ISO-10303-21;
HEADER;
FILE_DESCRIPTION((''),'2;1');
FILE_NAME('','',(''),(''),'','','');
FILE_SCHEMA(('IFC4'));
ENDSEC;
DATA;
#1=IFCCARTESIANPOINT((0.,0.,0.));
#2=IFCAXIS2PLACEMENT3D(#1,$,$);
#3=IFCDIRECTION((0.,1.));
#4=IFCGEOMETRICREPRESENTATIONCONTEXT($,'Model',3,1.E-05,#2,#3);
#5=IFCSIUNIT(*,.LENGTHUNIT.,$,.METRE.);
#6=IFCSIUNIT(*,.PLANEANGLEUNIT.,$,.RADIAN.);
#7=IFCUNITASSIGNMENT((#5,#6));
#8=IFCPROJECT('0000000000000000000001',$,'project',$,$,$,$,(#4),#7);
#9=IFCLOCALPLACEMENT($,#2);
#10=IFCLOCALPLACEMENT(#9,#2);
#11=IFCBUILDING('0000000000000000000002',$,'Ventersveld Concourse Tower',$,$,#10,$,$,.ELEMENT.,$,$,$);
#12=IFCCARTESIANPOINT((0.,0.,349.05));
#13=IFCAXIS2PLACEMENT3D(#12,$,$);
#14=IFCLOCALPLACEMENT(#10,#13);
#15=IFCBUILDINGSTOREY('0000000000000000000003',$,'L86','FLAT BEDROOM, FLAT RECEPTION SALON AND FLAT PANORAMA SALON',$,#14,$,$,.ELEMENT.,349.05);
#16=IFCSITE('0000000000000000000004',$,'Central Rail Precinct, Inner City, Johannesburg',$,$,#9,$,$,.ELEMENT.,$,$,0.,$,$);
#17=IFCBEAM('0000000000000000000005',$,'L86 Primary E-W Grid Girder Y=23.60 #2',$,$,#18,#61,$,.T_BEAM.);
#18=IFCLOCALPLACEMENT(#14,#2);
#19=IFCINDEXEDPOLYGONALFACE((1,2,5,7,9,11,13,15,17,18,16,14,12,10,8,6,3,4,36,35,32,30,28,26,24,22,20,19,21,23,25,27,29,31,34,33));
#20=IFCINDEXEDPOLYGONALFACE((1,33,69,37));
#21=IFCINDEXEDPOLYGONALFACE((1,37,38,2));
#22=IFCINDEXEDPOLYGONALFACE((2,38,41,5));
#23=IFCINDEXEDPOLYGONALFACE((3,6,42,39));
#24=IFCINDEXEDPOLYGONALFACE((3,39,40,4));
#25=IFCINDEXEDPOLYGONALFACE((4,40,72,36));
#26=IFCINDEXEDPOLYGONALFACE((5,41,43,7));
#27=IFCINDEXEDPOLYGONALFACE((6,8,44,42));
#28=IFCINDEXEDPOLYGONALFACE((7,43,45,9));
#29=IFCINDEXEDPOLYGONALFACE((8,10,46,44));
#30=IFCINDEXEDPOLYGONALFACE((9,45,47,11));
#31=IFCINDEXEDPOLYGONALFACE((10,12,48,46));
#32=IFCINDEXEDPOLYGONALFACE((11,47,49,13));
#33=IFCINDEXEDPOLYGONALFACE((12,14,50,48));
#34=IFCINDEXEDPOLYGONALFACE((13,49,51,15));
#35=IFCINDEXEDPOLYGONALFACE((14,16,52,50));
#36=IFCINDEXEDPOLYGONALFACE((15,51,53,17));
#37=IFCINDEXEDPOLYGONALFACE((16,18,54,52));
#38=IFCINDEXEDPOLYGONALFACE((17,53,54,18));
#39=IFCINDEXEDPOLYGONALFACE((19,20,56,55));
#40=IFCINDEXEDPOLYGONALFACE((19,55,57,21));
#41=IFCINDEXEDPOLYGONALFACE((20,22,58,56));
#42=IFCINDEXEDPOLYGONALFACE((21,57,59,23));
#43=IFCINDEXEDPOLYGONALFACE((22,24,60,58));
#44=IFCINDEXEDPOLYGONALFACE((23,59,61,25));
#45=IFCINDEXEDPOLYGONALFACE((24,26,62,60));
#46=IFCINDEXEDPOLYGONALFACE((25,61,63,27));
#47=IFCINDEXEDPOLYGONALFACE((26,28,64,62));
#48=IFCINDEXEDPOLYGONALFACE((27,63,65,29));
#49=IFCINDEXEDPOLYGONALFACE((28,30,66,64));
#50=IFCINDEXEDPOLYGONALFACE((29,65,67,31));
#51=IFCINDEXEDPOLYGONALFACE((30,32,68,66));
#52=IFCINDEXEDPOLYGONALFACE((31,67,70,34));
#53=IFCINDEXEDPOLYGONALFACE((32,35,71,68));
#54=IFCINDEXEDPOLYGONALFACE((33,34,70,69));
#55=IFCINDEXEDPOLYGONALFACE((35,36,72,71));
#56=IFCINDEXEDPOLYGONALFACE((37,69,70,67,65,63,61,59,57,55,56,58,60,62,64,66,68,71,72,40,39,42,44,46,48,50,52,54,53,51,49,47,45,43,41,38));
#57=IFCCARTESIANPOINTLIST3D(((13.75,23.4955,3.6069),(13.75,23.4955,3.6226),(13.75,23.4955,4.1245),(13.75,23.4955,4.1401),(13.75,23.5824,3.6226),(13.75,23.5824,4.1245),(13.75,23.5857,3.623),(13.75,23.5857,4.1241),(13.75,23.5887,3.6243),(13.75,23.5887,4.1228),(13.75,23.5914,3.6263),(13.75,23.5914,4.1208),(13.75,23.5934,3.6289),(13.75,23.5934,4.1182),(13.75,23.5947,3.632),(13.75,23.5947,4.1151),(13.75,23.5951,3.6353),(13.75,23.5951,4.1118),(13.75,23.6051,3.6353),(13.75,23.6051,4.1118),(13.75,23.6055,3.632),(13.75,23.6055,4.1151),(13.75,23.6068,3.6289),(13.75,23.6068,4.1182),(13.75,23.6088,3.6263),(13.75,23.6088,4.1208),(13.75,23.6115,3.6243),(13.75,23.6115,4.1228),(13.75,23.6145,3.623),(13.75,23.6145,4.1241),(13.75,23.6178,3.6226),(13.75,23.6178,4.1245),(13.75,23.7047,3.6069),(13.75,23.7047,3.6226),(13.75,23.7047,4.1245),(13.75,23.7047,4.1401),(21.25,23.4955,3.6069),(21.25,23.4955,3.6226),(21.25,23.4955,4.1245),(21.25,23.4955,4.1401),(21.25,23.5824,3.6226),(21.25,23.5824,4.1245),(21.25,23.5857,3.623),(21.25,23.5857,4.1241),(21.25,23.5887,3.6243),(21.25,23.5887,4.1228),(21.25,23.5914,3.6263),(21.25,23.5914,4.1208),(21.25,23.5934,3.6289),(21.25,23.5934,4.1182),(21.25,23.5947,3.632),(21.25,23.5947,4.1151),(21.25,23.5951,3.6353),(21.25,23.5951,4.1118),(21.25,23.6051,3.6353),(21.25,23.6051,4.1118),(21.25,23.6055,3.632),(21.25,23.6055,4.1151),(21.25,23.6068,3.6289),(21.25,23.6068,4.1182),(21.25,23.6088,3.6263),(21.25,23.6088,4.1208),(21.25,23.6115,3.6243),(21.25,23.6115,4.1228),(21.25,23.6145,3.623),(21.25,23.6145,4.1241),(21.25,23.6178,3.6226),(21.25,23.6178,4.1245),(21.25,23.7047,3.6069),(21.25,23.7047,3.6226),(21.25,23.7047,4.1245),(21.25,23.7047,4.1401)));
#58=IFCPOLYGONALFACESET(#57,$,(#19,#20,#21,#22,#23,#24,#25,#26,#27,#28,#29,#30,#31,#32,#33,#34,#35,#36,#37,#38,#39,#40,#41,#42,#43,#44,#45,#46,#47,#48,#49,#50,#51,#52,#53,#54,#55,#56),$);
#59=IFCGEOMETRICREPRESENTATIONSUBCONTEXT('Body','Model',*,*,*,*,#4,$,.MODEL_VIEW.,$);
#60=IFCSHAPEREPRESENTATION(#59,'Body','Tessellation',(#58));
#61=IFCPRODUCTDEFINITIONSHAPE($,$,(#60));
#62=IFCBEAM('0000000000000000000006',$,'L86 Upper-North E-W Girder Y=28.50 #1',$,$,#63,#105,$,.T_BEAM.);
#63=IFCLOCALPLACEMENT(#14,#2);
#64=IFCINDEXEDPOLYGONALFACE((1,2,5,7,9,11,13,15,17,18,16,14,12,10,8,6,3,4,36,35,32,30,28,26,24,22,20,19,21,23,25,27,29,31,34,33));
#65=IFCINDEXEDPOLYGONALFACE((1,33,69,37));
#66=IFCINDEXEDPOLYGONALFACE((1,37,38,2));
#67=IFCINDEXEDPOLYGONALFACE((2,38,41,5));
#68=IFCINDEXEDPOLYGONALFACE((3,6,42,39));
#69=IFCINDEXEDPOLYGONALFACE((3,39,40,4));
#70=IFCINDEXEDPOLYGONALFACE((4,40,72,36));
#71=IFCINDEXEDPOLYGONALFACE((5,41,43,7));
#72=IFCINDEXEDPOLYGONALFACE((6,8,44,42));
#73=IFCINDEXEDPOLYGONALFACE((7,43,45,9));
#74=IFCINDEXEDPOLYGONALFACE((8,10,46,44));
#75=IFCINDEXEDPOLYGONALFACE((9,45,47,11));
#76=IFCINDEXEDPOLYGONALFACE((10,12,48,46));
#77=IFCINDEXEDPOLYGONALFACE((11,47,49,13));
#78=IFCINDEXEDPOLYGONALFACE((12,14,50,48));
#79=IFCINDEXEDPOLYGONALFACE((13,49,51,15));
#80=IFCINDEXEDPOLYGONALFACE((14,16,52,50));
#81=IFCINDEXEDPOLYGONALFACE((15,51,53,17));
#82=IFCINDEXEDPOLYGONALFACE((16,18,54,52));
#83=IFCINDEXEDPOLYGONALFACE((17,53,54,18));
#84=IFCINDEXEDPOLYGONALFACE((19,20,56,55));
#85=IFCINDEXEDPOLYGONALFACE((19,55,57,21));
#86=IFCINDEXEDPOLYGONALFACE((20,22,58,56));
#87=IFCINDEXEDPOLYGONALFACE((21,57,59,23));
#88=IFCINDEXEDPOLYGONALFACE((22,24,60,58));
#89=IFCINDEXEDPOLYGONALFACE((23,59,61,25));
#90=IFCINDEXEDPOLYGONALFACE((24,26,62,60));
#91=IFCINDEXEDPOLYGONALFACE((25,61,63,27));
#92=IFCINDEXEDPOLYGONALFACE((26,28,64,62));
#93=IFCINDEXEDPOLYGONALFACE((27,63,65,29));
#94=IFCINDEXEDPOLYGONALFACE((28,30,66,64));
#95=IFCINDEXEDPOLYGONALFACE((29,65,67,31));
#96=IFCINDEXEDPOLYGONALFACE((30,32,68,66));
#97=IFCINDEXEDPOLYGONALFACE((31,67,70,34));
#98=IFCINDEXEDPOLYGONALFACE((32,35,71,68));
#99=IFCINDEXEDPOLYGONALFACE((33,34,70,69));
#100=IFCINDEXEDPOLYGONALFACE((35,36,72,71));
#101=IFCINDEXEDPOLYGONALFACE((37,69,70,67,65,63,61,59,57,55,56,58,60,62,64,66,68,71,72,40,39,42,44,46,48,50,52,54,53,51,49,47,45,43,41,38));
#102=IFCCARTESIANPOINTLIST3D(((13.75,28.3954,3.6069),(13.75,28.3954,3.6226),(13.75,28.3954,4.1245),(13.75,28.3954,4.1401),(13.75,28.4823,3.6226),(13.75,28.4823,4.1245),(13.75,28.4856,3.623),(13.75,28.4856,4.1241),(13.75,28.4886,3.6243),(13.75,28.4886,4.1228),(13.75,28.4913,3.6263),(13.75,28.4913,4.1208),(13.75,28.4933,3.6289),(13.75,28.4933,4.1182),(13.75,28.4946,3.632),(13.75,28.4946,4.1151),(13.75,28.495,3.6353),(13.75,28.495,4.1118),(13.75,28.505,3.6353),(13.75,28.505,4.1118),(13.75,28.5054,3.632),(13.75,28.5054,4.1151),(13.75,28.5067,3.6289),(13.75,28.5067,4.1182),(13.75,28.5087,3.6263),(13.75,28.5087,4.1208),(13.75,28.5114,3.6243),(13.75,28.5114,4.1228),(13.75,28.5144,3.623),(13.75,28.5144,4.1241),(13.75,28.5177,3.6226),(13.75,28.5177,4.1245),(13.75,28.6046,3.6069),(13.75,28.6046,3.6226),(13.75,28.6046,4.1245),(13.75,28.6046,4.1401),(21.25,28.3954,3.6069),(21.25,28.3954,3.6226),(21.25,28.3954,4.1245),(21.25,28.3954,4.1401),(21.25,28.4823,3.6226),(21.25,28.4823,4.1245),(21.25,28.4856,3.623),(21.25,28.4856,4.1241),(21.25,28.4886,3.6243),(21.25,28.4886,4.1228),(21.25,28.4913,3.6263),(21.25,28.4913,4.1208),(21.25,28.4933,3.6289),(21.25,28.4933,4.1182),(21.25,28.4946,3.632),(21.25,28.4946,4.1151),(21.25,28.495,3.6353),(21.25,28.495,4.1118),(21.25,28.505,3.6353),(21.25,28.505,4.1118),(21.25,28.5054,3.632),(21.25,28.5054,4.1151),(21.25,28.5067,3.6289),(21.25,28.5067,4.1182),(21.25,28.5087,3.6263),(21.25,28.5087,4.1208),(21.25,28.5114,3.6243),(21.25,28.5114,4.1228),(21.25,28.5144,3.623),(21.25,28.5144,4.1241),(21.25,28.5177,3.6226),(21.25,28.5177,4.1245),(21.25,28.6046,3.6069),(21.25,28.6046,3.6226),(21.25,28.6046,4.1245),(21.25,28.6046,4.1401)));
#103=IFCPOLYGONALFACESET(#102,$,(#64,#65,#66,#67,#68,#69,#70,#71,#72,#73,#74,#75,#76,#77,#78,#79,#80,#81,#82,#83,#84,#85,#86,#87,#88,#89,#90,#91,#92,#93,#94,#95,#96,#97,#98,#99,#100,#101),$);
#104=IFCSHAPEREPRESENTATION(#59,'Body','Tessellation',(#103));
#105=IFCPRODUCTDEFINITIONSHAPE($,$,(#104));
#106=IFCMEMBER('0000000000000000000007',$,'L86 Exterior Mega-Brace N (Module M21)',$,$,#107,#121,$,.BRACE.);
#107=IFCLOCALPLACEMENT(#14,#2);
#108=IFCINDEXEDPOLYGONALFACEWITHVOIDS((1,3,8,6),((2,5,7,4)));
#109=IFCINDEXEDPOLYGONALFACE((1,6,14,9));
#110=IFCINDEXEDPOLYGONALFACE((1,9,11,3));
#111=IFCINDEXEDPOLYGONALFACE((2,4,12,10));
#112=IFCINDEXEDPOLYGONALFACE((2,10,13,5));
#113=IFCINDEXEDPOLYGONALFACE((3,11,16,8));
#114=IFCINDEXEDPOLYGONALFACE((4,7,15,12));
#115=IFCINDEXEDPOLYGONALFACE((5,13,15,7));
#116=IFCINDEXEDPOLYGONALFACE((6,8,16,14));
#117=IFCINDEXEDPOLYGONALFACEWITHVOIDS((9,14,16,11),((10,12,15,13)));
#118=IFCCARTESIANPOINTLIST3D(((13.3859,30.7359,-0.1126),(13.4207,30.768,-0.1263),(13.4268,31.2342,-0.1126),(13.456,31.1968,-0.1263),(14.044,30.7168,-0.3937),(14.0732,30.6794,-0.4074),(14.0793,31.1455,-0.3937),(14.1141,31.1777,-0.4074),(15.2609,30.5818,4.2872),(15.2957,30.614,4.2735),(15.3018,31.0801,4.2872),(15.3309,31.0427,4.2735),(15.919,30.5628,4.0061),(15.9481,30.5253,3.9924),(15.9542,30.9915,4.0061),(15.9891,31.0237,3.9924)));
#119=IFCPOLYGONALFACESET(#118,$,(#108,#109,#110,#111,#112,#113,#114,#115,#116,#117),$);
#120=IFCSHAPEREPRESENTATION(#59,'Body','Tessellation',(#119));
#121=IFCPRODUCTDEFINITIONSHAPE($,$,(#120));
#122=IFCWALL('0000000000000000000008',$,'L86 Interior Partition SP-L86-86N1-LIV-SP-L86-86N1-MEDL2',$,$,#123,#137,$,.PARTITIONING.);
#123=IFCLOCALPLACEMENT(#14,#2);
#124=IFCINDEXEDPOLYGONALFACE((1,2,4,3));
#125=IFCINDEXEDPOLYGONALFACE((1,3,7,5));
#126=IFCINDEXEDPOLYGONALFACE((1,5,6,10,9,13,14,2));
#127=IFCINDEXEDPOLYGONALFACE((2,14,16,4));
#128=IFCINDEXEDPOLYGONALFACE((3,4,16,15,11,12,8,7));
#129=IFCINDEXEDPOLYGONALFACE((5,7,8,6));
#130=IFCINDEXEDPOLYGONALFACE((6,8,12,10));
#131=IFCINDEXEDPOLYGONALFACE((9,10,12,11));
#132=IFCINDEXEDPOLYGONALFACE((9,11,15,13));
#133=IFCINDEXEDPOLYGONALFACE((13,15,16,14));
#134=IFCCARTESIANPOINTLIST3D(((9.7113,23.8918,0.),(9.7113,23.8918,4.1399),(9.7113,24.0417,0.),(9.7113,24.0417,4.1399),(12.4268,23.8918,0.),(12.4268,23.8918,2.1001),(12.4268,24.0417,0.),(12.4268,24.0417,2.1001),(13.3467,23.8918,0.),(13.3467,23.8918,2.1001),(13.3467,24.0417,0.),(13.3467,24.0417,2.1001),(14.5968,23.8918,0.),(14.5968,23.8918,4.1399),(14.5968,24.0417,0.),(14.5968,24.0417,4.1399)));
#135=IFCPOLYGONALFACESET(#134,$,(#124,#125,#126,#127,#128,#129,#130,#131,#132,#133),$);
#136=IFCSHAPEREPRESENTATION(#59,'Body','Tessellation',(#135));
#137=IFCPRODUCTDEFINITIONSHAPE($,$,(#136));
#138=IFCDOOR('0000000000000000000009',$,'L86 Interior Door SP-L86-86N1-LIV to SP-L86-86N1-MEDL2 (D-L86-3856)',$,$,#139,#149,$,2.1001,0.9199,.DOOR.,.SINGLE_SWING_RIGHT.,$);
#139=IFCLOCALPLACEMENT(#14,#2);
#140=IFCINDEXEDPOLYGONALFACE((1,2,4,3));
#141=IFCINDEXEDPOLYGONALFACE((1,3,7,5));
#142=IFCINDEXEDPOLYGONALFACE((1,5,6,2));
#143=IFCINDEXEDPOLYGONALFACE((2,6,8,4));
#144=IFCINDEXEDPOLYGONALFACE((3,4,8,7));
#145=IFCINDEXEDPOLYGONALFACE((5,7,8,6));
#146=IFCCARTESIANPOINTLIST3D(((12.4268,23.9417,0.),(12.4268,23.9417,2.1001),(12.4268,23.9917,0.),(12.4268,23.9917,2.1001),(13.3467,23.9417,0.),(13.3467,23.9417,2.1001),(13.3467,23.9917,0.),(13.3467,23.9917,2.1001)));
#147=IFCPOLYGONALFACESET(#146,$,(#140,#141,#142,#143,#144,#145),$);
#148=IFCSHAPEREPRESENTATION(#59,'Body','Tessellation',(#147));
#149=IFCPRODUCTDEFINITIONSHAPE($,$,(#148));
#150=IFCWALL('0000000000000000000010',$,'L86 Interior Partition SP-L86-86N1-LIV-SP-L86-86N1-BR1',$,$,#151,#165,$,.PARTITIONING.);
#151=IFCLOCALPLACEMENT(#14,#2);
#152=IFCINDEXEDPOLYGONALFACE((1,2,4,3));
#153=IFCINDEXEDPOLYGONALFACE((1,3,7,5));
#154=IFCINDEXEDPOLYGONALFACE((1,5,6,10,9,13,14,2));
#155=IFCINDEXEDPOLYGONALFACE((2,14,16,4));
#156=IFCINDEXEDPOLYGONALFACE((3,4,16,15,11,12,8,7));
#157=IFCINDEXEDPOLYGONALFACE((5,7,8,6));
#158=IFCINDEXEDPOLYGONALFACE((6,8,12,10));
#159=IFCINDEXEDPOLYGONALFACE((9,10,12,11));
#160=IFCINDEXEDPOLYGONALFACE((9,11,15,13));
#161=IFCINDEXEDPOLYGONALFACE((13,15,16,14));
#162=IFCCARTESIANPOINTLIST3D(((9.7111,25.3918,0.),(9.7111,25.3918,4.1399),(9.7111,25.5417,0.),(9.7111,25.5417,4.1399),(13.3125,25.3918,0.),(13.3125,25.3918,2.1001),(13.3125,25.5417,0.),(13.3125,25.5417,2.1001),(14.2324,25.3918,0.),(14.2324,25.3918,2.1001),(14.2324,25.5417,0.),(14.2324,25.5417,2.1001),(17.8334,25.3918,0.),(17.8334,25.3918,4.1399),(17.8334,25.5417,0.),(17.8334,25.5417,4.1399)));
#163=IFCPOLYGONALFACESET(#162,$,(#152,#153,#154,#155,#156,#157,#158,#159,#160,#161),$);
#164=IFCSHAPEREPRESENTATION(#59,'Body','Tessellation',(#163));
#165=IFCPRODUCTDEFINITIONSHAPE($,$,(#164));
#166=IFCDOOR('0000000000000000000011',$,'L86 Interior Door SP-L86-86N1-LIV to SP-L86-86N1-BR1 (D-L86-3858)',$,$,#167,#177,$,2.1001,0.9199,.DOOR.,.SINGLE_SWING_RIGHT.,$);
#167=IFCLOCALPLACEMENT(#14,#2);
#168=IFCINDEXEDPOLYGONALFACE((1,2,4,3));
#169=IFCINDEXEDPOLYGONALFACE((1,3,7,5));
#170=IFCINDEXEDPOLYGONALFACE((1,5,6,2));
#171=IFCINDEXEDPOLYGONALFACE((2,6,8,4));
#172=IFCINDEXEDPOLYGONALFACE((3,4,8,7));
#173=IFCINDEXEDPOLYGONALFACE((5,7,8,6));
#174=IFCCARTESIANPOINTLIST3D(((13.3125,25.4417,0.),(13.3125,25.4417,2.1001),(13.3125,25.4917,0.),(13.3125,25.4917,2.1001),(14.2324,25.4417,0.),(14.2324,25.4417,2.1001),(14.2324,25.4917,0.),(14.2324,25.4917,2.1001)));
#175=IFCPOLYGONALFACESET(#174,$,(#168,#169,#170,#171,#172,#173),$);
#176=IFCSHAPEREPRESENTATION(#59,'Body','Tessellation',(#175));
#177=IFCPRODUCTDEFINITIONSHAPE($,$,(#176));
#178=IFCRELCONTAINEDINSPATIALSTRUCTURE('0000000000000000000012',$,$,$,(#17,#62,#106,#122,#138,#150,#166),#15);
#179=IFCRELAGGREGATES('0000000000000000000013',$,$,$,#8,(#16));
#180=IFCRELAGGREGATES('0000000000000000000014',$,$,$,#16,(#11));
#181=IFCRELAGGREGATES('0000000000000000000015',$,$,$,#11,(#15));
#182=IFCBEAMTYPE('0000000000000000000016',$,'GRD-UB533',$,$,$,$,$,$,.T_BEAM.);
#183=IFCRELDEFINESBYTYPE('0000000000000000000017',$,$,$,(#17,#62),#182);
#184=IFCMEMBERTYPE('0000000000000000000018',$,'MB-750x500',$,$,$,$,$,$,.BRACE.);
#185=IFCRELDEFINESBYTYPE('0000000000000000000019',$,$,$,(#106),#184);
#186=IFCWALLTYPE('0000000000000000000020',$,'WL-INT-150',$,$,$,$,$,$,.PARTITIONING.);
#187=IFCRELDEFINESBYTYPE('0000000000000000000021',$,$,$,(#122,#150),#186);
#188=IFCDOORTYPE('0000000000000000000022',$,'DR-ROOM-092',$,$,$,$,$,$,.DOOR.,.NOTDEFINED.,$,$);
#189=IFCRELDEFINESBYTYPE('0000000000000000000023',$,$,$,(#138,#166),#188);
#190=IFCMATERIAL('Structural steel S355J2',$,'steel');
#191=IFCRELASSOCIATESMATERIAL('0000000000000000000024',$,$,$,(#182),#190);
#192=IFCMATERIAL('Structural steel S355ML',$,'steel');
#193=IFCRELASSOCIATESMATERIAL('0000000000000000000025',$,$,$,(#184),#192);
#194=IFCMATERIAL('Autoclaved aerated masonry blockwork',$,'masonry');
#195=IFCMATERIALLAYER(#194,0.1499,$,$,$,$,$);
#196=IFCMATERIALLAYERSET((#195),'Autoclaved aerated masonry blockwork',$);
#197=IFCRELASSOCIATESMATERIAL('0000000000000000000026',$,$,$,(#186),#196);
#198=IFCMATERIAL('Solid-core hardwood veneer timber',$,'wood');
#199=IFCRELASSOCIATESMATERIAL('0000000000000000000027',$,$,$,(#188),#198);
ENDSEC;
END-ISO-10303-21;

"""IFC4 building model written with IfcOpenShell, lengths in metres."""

from ifc_helpers import new_model, si_unit, direction, frame, frame_2d, origin, origin_2d, place, context, subcontext, project, spatial, rectangle, hollow_rectangle, i_section, extrude, material, layer, layer_set, material_profile, profile_set, type_object, element, fill, save


model = new_model("IFC4")

# Units and contexts
model_context = context("Model", 3, precision=1e-05, world=origin(), true_north=direction((0.0, 1.0)))
body_context = subcontext(model_context, "Body", "Model", "MODEL_VIEW")
ifc_project = project(units=[si_unit("LENGTHUNIT", "METRE"), si_unit("PLANEANGLEUNIT", "RADIAN")], contexts=[model_context])

# Site, building, storey
site_placement = place(None, origin())
site = spatial("IfcSite", under=ifc_project, at=site_placement, Name="Central Rail Precinct, Inner City, Johannesburg", CompositionType="ELEMENT", RefElevation=0.0)
building_placement = place(site_placement, origin())
building = spatial("IfcBuilding", under=site, at=building_placement, Name="Ventersveld Concourse Tower", CompositionType="ELEMENT")
storey_placement = place(building_placement, frame((0.0, 0.0, 349.05)))
storey = spatial("IfcBuildingStorey", under=building, at=storey_placement, Name="L86", Description="FLAT BEDROOM, FLAT RECEPTION SALON AND FLAT PANORAMA SALON", CompositionType="ELEMENT", Elevation=349.05)

# Shared definitions
ifc_material_1 = material(Name="Structural steel S355J2", Category="steel")

# Beams
ifc_material_profile_1 = material_profile(ifc_material_1, i_section(OverallWidth=0.2092, OverallDepth=0.5332, WebThickness=0.01, FlangeThickness=0.0156, FilletRadius=0.0127, at=origin_2d()), Name="UB 533x210x92")
ifc_profile_set_1 = profile_set([ifc_material_profile_1], Name="Structural steel S355J2")
beam_type_1 = type_object("IfcBeamType", Name="GRD-UB533", PredefinedType="T_BEAM", material=ifc_profile_set_1)
for number, where, z_axis, x_axis, name in (
    (1, (13.75, 23.6001, 3.8735), (1.0, 0.0, 0.0), (0.0, 1.0, 0.0), "L86 Primary E-W Grid Girder Y=23.60 #2"),
    (2, (13.75, 28.5, 3.8735), (1.0, 0.0, 0.0), (0.0, 1.0, 0.0), "L86 Upper-North E-W Girder Y=28.50 #1"),
):
    element("IfcBeam", number, at=place(storey_placement, frame(where, z_axis=z_axis, x_axis=x_axis)), inside=storey, type_object=beam_type_1, Name=name, PredefinedType="T_BEAM", context=body_context, shape_type="SweptSolid", body=[
        extrude(i_section(OverallWidth=0.2092, OverallDepth=0.5332, WebThickness=0.01, FlangeThickness=0.0156, FilletRadius=0.0127, at=origin_2d()), origin(), (0.0, 0.0, 1.0), 7.5),
    ])

# Member
ifc_material_2 = material(Name="Structural steel S355ML", Category="steel")
ifc_material_profile_2 = material_profile(ifc_material_2, hollow_rectangle(XDim=0.5, YDim=0.75, WallThickness=0.0349, at=origin_2d()), Name="BOX 750x500x35")
ifc_profile_set_2 = profile_set([ifc_material_profile_2], Name="Structural steel S355ML")
member_type = type_object("IfcMemberType", Name="MB-750x500", PredefinedType="BRACE", material=ifc_profile_set_2)
member_placement = place(storey_placement, frame((13.75, 30.9568, -0.26), z_axis=(0.39183, -0.032193, 0.919474), x_axis=(0.081886, 0.996642, 0.0)))
element("IfcMember", 3, at=member_placement, inside=storey, type_object=member_type, Name="L86 Exterior Mega-Brace N (Module M21)", PredefinedType="BRACE", context=body_context, shape_type="SweptSolid", body=[
    extrude(hollow_rectangle(XDim=0.5, YDim=0.75, WallThickness=0.0349, at=origin_2d()), origin(), (0.0, 0.0, 1.0), 4.7852),
])

# Walls, openings, doors
ifc_material_3 = material(Name="Autoclaved aerated masonry blockwork", Category="masonry")
ifc_layer_1 = layer(ifc_material_3, 0.1499)
ifc_layer_set_1 = layer_set([ifc_layer_1], Name="Autoclaved aerated masonry blockwork")
wall_type_1 = type_object("IfcWallType", Name="WL-INT-150", PredefinedType="PARTITIONING", material=ifc_layer_set_1)
wall_1_placement = place(storey_placement, frame((9.7112, 23.9668, 0.0), z_axis=(0.0, 0.0, 1.0), x_axis=(1.0, 0.0, 0.0)))
wall_1 = element("IfcWall", 4, at=wall_1_placement, inside=storey, type_object=wall_type_1, Name="L86 Interior Partition SP-L86-86N1-LIV-SP-L86-86N1-MEDL2", PredefinedType="PARTITIONING", context=body_context, shape_type="SweptSolid", body=[
    extrude(rectangle(XDim=4.8855, YDim=0.1499, at=frame_2d((2.4429, 0.0))), origin(), (0.0, 0.0, 1.0), 4.1399),
])
opening_1_placement = place(wall_1_placement, frame((2.7156, 0.0, 0.0)))
opening_1 = element("IfcOpeningElement", 5, at=opening_1_placement, cuts=wall_1, PredefinedType="OPENING", context=body_context, shape_type="SweptSolid", body=[
    extrude(rectangle(XDim=0.9199, YDim=2.1001, at=frame_2d((0.46, 1.05))), frame((0.0, 0.085, 0.0), z_axis=(0.0, -1.0, 0.0), x_axis=(1.0, 0.0, 0.0)), (0.0, 0.0, 1.0), 0.1699),
])
ifc_material_4 = material(Name="Solid-core hardwood veneer timber", Category="wood")
door_type = type_object("IfcDoorType", Name="DR-ROOM-092", OperationType="NOTDEFINED", PredefinedType="DOOR", material=ifc_material_4)
door_1_placement = place(opening_1_placement, origin())
door_1 = element("IfcDoor", 6, at=door_1_placement, inside=storey, type_object=door_type, Name="L86 Interior Door SP-L86-86N1-LIV to SP-L86-86N1-MEDL2 (D-L86-3856)", OperationType="SINGLE_SWING_RIGHT", OverallHeight=2.1001, OverallWidth=0.9199, PredefinedType="DOOR", context=body_context, shape_type="SweptSolid", body=[
    extrude(rectangle(XDim=0.9199, YDim=2.1001, at=frame_2d((0.46, 1.05))), frame((0.0, 0.0249, 0.0), z_axis=(0.0, -1.0, 0.0), x_axis=(1.0, 0.0, 0.0)), (0.0, 0.0, 1.0), 0.05),
])
fill(opening_1, door_1)
wall_2_placement = place(storey_placement, frame((9.7112, 25.4668, 0.0), z_axis=(0.0, 0.0, 1.0), x_axis=(1.0, 0.0, 0.0)))
wall_2 = element("IfcWall", 7, at=wall_2_placement, inside=storey, type_object=wall_type_1, Name="L86 Interior Partition SP-L86-86N1-LIV-SP-L86-86N1-BR1", PredefinedType="PARTITIONING", context=body_context, shape_type="SweptSolid", body=[
    extrude(rectangle(XDim=8.1223, YDim=0.1499, at=frame_2d((4.061, 0.0))), origin(), (0.0, 0.0, 1.0), 4.1399),
])
opening_2_placement = place(wall_2_placement, frame((3.6013, 0.0, 0.0)))
opening_2 = element("IfcOpeningElement", 8, at=opening_2_placement, cuts=wall_2, PredefinedType="OPENING", context=body_context, shape_type="SweptSolid", body=[
    extrude(rectangle(XDim=0.9199, YDim=2.1001, at=frame_2d((0.46, 1.05))), frame((0.0, 0.085, 0.0), z_axis=(0.0, -1.0, 0.0), x_axis=(1.0, 0.0, 0.0)), (0.0, 0.0, 1.0), 0.1699),
])
door_2_placement = place(opening_2_placement, origin())
door_2 = element("IfcDoor", 9, at=door_2_placement, inside=storey, type_object=door_type, Name="L86 Interior Door SP-L86-86N1-LIV to SP-L86-86N1-BR1 (D-L86-3858)", OperationType="SINGLE_SWING_RIGHT", OverallHeight=2.1001, OverallWidth=0.9199, PredefinedType="DOOR", context=body_context, shape_type="SweptSolid", body=[
    extrude(rectangle(XDim=0.9199, YDim=2.1001, at=frame_2d((0.46, 1.05))), frame((0.0, 0.0249, 0.0), z_axis=(0.0, -1.0, 0.0), x_axis=(1.0, 0.0, 0.0)), (0.0, 0.0, 1.0), 0.05),
])
fill(opening_2, door_2)

save(model, "model.ifc")
